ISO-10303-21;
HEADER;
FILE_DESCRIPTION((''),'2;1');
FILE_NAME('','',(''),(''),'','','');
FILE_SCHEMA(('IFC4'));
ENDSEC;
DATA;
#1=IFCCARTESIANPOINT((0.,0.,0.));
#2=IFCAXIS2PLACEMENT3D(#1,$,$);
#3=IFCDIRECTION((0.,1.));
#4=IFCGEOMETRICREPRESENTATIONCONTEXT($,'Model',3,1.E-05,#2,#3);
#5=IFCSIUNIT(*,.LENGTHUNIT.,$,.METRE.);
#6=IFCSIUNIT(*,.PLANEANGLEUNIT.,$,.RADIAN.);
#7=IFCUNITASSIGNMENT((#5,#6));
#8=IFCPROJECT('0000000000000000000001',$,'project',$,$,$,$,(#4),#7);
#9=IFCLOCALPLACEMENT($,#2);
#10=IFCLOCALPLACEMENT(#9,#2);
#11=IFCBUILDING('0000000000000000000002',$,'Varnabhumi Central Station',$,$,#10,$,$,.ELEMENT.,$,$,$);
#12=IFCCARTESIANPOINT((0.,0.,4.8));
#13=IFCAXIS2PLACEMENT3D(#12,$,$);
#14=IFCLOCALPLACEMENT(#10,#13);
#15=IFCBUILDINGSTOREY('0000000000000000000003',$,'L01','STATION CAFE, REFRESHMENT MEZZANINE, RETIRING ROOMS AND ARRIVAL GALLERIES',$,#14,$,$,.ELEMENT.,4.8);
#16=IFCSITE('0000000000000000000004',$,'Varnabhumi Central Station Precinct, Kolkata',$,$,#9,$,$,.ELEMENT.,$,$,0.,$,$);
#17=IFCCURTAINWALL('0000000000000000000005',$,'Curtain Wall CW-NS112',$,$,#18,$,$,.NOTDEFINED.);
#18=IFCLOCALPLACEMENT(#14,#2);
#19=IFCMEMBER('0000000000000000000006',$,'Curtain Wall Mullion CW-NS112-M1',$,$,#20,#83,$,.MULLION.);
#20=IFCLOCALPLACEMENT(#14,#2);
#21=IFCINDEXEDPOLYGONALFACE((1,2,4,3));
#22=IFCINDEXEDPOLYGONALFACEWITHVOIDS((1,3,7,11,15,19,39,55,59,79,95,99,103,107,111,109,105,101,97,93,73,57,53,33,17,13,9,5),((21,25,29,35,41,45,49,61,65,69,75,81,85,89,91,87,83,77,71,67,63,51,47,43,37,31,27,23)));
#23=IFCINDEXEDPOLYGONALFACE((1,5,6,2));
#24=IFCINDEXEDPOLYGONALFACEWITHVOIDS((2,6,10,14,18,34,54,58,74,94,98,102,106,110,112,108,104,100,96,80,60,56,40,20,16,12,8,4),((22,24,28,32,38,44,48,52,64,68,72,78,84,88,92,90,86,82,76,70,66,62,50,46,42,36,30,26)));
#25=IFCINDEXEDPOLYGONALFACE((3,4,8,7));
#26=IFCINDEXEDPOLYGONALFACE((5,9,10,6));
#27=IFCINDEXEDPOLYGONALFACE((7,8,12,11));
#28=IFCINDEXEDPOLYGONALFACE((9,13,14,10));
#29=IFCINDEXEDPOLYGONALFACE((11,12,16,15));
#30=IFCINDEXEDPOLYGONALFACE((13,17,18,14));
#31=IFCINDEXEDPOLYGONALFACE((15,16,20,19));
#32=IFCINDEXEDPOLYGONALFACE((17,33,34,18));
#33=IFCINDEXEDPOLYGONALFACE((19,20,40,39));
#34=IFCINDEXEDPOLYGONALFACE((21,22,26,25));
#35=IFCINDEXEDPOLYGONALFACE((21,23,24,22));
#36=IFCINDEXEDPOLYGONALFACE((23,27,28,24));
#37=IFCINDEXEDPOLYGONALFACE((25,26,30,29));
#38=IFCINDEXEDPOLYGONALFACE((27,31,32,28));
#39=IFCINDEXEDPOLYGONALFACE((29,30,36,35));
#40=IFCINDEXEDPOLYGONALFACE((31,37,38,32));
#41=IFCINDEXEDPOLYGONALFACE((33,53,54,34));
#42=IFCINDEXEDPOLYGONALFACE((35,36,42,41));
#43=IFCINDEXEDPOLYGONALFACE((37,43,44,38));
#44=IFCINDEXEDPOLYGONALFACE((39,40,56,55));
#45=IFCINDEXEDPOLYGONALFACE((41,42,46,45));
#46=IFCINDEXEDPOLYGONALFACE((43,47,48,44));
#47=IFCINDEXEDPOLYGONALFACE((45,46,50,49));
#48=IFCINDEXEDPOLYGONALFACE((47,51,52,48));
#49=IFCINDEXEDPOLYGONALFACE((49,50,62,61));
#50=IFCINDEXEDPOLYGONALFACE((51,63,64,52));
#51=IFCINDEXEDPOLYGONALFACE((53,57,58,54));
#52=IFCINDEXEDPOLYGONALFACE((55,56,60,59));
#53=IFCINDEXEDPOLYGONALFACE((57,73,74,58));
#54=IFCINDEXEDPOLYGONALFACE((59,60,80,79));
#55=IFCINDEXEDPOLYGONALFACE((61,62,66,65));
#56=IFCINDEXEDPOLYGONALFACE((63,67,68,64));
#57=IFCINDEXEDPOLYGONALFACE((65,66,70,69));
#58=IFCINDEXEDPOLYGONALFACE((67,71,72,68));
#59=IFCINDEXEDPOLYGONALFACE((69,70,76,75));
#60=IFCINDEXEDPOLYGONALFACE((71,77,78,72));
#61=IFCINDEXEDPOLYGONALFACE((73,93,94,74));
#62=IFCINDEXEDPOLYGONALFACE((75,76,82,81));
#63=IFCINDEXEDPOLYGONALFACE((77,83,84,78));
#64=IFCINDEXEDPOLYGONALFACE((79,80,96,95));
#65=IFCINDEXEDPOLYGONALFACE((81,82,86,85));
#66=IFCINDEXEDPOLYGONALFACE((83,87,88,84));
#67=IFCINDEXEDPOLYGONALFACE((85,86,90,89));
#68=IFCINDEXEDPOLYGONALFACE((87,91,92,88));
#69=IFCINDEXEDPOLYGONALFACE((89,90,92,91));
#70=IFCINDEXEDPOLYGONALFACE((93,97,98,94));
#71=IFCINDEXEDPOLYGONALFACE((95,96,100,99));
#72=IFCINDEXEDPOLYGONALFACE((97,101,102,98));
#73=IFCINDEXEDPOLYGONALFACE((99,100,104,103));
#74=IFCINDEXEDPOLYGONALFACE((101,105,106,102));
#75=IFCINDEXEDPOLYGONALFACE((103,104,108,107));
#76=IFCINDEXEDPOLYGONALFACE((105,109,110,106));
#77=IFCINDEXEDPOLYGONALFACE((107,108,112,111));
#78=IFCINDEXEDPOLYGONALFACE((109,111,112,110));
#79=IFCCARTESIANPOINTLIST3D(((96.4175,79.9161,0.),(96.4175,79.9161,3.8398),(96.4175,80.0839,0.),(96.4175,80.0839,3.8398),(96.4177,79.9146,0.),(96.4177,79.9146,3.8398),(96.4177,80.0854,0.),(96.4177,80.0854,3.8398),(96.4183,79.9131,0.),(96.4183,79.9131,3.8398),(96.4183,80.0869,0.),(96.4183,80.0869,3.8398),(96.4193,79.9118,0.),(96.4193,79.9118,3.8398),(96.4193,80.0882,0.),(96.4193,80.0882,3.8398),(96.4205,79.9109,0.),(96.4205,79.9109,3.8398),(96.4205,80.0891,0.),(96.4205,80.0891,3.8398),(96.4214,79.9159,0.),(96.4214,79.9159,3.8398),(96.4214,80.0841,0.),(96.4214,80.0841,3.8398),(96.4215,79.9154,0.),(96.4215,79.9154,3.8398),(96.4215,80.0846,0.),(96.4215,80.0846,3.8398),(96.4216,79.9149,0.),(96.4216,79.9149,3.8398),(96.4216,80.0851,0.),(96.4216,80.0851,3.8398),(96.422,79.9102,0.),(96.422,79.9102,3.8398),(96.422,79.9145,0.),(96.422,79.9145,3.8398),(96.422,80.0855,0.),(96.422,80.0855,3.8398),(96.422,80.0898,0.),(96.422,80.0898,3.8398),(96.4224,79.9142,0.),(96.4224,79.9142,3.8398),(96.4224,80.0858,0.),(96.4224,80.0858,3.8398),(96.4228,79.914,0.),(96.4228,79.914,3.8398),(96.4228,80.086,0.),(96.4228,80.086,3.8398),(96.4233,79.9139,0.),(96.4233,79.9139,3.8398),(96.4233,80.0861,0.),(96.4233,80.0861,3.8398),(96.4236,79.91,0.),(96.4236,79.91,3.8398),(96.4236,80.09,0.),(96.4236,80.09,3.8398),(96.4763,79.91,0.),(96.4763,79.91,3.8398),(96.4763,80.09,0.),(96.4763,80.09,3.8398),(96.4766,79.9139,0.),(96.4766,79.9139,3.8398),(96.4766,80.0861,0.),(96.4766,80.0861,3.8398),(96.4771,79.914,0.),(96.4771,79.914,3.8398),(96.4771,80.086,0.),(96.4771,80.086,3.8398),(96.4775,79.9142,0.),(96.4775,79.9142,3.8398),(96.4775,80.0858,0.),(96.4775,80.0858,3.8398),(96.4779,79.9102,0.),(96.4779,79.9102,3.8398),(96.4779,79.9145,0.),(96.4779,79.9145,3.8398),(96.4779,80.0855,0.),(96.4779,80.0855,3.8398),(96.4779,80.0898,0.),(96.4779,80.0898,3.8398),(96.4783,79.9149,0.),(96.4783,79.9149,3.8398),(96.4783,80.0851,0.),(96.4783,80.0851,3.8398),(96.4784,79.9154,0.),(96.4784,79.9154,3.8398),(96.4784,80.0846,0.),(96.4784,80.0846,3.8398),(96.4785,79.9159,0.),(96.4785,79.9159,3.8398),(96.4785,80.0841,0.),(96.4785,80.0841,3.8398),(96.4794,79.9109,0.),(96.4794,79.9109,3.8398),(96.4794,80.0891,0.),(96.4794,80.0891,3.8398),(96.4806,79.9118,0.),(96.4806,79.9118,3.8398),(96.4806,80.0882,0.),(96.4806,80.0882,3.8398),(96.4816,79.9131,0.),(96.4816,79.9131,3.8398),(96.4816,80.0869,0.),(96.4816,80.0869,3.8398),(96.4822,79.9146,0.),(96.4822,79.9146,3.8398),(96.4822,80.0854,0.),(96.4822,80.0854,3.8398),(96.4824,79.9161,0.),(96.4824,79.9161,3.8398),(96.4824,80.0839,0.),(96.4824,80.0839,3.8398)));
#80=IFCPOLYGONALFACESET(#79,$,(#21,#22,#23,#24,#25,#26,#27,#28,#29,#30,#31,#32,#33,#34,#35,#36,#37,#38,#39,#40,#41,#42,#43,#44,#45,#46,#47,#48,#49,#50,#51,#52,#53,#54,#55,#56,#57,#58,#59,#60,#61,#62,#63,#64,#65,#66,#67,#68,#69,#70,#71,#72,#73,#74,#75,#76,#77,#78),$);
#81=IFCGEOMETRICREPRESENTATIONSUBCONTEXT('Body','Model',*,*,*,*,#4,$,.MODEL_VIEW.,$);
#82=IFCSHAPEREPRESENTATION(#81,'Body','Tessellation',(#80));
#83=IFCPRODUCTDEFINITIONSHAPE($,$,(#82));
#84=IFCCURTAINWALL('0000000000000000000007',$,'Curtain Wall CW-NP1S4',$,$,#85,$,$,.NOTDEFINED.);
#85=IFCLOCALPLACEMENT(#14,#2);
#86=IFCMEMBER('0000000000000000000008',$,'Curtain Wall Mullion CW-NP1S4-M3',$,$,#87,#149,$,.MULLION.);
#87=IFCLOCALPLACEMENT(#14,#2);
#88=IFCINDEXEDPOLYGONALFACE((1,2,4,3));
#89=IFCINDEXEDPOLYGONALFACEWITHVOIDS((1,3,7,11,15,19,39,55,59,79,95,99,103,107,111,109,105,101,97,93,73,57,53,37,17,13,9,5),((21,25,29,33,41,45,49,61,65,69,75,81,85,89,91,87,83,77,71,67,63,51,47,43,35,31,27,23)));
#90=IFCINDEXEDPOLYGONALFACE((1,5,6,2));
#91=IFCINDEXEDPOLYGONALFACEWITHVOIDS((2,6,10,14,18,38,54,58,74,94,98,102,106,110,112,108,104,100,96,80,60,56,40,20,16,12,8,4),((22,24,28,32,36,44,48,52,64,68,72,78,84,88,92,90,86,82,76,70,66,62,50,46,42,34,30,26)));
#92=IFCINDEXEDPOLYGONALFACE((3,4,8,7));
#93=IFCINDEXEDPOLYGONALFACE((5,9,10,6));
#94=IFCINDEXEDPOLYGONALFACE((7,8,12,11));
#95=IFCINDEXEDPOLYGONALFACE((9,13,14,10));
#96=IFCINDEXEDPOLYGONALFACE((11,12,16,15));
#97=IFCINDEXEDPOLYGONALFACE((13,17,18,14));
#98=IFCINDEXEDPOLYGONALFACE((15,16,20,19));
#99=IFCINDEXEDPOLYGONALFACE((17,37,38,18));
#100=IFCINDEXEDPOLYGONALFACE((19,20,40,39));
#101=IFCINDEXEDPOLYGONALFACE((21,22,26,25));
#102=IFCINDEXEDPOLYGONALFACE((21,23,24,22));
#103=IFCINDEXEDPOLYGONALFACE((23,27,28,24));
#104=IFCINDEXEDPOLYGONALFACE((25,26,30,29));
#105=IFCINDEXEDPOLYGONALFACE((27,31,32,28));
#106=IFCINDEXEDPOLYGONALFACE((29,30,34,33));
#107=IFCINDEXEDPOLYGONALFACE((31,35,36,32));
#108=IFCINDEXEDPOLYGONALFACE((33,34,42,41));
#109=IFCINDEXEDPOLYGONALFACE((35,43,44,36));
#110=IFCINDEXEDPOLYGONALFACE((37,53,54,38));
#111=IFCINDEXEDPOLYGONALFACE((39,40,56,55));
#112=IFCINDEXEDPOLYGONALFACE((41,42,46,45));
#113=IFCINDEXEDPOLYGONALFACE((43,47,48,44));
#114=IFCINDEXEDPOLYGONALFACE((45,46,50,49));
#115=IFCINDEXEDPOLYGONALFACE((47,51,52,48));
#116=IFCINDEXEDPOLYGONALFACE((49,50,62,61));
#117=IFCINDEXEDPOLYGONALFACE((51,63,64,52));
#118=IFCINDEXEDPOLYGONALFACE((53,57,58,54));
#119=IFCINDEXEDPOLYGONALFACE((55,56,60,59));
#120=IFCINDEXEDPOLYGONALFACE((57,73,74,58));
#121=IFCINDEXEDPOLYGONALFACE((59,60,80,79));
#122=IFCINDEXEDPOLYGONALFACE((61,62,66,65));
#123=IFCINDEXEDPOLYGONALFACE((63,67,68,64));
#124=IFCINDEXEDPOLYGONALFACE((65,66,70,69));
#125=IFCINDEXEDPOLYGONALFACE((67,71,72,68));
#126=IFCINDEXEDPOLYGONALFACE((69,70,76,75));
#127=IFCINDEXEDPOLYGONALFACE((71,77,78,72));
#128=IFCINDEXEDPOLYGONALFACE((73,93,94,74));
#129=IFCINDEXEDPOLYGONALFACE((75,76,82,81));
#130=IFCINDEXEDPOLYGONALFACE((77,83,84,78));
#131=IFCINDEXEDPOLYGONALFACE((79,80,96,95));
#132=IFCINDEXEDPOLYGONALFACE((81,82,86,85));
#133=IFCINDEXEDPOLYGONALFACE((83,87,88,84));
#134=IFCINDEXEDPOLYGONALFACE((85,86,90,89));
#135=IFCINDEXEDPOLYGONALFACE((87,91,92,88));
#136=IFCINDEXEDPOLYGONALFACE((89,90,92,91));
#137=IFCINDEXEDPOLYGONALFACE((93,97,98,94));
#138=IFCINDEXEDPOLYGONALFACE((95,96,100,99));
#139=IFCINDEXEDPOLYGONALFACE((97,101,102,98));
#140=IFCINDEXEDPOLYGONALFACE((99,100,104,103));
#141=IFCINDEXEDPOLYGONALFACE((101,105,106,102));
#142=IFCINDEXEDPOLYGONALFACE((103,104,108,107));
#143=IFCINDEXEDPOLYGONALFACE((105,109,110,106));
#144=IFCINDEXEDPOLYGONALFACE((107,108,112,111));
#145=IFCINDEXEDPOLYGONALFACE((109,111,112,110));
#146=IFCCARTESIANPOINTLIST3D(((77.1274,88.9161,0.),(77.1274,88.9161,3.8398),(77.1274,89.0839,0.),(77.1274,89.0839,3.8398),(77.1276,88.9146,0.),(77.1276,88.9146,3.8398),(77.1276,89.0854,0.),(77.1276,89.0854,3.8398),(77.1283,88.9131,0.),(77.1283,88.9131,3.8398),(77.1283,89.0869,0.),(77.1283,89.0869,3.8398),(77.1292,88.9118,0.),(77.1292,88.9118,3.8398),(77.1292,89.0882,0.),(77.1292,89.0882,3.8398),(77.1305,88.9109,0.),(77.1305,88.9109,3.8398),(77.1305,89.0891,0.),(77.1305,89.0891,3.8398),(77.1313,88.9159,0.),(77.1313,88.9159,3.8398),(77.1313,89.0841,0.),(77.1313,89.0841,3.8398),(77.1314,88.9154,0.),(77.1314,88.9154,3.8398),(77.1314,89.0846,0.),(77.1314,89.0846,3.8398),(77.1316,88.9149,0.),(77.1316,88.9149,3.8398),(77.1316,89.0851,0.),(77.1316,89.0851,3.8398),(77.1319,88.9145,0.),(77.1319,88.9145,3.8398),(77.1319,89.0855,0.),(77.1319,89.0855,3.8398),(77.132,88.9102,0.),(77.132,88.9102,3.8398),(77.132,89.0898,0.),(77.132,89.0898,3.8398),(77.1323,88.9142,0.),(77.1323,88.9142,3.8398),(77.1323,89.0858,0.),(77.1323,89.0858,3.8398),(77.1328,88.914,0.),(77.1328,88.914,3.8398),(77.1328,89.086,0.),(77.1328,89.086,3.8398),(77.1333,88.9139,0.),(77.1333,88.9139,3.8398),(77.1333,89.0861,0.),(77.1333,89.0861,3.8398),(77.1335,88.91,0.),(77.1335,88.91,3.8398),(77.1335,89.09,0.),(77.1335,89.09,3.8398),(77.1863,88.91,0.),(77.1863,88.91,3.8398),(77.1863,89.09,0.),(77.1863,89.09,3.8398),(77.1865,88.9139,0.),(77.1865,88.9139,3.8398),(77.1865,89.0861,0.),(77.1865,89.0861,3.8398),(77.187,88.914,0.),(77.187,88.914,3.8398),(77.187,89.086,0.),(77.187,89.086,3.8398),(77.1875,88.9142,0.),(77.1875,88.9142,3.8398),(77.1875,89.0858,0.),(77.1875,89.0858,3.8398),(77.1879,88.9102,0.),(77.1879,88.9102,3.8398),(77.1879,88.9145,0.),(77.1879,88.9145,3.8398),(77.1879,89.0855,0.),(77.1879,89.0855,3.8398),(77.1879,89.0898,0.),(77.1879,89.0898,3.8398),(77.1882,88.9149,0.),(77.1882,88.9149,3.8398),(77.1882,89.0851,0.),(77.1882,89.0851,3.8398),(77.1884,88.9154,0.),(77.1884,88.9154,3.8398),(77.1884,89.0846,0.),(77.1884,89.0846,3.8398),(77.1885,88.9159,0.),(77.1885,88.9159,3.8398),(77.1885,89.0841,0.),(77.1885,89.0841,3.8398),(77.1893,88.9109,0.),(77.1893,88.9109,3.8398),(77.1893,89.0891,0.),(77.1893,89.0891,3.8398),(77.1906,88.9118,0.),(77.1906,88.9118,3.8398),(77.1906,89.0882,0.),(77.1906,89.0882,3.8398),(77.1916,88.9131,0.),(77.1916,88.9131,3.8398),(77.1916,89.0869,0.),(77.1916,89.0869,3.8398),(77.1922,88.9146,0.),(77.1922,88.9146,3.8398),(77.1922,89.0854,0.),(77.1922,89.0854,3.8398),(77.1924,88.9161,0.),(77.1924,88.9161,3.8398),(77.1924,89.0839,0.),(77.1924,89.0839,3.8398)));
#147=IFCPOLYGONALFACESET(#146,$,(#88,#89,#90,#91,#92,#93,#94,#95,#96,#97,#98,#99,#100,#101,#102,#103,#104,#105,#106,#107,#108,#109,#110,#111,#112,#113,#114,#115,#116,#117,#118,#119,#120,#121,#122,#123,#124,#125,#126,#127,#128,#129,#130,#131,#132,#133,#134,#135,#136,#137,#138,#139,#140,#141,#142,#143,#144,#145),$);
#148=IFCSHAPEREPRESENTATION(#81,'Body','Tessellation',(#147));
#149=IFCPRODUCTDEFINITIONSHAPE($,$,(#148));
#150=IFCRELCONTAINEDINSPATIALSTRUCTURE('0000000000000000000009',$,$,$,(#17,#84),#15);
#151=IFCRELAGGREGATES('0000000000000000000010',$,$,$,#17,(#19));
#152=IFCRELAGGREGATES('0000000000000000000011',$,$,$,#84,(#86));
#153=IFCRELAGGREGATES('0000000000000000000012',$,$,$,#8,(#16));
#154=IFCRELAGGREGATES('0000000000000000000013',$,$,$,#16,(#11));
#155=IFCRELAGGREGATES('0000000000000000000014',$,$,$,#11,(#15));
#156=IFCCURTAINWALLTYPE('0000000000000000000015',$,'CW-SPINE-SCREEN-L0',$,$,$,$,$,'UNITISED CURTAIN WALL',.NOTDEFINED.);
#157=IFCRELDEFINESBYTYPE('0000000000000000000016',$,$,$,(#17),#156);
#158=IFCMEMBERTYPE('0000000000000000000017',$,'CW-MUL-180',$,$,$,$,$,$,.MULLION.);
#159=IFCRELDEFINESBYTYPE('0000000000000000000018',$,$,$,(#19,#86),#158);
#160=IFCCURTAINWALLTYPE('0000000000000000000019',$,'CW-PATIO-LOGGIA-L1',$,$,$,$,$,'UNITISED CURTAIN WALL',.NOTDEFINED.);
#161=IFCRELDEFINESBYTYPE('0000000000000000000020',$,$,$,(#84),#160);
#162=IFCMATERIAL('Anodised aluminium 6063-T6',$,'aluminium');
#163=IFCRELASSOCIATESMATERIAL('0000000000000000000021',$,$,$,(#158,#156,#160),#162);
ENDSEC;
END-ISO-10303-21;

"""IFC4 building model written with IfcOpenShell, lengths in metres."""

from ifc_helpers import new_model, si_unit, direction, frame, origin, origin_2d, place, context, subcontext, project, spatial, hollow_rectangle, extrude, material, material_profile, profile_set, type_object, element, aggregate, save


model = new_model("IFC4")

# Units and contexts
model_context = context("Model", 3, precision=1e-05, world=origin(), true_north=direction((0.0, 1.0)))
body_context = subcontext(model_context, "Body", "Model", "MODEL_VIEW")
ifc_project = project(units=[si_unit("LENGTHUNIT", "METRE"), si_unit("PLANEANGLEUNIT", "RADIAN")], contexts=[model_context])

# Site, building, storey
site_placement = place(None, origin())
site = spatial("IfcSite", under=ifc_project, at=site_placement, Name="Varnabhumi Central Station Precinct, Kolkata", CompositionType="ELEMENT", RefElevation=0.0)
building_placement = place(site_placement, origin())
building = spatial("IfcBuilding", under=site, at=building_placement, Name="Varnabhumi Central Station", CompositionType="ELEMENT")
storey_placement = place(building_placement, frame((0.0, 0.0, 4.8)))
storey = spatial("IfcBuildingStorey", under=building, at=storey_placement, Name="L01", Description="STATION CAFE, REFRESHMENT MEZZANINE, RETIRING ROOMS AND ARRIVAL GALLERIES", CompositionType="ELEMENT", Elevation=4.8)

# Shared definitions
ifc_material_1 = material(Name="Anodised aluminium 6063-T6", Category="aluminium")
ifc_material_profile_1 = material_profile(ifc_material_1, hollow_rectangle(XDim=0.0649, YDim=0.1799, WallThickness=0.0039, InnerFilletRadius=0.002, OuterFilletRadius=0.0061, at=origin_2d()), Name="Anodised aluminium 6063-T6", Category="aluminium")
ifc_profile_set_1 = profile_set([ifc_material_profile_1], Name="Anodised aluminium 6063-T6")
member_type_1 = type_object("IfcMemberType", Name="CW-MUL-180", PredefinedType="MULLION", material=ifc_profile_set_1)

# Curtain wall, member
curtain_wall_type_1 = type_object("IfcCurtainWallType", Name="CW-SPINE-SCREEN-L0", ElementType="UNITISED CURTAIN WALL", PredefinedType="NOTDEFINED", material=ifc_material_1)
curtain_wall_1_placement = place(storey_placement, origin())
curtain_wall_1 = element("IfcCurtainWall", 1, at=curtain_wall_1_placement, inside=storey, type_object=curtain_wall_type_1, Name="Curtain Wall CW-NS112", PredefinedType="NOTDEFINED")
member_1_placement = place(storey_placement, frame((96.45, 80.0, 0.0), z_axis=(0.0, 0.0, 1.0), x_axis=(1.0, 0.0, 0.0)))
member_1 = element("IfcMember", 2, at=member_1_placement, type_object=member_type_1, Name="Curtain Wall Mullion CW-NS112-M1", PredefinedType="MULLION", context=body_context, shape_type="SweptSolid", body=[
    extrude(hollow_rectangle(XDim=0.0649, YDim=0.1799, WallThickness=0.0039, InnerFilletRadius=0.002, OuterFilletRadius=0.0061, at=origin_2d()), origin(), (0.0, 0.0, 1.0), 3.8398),
])

# Curtain wall, member
curtain_wall_type_2 = type_object("IfcCurtainWallType", Name="CW-PATIO-LOGGIA-L1", ElementType="UNITISED CURTAIN WALL", PredefinedType="NOTDEFINED", material=ifc_material_1)
curtain_wall_2_placement = place(storey_placement, origin())
curtain_wall_2 = element("IfcCurtainWall", 3, at=curtain_wall_2_placement, inside=storey, type_object=curtain_wall_type_2, Name="Curtain Wall CW-NP1S4", PredefinedType="NOTDEFINED")
member_2_placement = place(storey_placement, frame((77.1599, 89.0, 0.0), z_axis=(0.0, 0.0, 1.0), x_axis=(1.0, 0.0, 0.0)))
member_2 = element("IfcMember", 4, at=member_2_placement, type_object=member_type_1, Name="Curtain Wall Mullion CW-NP1S4-M3", PredefinedType="MULLION", context=body_context, shape_type="SweptSolid", body=[
    extrude(hollow_rectangle(XDim=0.0649, YDim=0.1799, WallThickness=0.0039, InnerFilletRadius=0.002, OuterFilletRadius=0.0061, at=origin_2d()), origin(), (0.0, 0.0, 1.0), 3.8398),
])

aggregate(curtain_wall_1, [member_1])

aggregate(curtain_wall_2, [member_2])

save(model, "model.ifc")
